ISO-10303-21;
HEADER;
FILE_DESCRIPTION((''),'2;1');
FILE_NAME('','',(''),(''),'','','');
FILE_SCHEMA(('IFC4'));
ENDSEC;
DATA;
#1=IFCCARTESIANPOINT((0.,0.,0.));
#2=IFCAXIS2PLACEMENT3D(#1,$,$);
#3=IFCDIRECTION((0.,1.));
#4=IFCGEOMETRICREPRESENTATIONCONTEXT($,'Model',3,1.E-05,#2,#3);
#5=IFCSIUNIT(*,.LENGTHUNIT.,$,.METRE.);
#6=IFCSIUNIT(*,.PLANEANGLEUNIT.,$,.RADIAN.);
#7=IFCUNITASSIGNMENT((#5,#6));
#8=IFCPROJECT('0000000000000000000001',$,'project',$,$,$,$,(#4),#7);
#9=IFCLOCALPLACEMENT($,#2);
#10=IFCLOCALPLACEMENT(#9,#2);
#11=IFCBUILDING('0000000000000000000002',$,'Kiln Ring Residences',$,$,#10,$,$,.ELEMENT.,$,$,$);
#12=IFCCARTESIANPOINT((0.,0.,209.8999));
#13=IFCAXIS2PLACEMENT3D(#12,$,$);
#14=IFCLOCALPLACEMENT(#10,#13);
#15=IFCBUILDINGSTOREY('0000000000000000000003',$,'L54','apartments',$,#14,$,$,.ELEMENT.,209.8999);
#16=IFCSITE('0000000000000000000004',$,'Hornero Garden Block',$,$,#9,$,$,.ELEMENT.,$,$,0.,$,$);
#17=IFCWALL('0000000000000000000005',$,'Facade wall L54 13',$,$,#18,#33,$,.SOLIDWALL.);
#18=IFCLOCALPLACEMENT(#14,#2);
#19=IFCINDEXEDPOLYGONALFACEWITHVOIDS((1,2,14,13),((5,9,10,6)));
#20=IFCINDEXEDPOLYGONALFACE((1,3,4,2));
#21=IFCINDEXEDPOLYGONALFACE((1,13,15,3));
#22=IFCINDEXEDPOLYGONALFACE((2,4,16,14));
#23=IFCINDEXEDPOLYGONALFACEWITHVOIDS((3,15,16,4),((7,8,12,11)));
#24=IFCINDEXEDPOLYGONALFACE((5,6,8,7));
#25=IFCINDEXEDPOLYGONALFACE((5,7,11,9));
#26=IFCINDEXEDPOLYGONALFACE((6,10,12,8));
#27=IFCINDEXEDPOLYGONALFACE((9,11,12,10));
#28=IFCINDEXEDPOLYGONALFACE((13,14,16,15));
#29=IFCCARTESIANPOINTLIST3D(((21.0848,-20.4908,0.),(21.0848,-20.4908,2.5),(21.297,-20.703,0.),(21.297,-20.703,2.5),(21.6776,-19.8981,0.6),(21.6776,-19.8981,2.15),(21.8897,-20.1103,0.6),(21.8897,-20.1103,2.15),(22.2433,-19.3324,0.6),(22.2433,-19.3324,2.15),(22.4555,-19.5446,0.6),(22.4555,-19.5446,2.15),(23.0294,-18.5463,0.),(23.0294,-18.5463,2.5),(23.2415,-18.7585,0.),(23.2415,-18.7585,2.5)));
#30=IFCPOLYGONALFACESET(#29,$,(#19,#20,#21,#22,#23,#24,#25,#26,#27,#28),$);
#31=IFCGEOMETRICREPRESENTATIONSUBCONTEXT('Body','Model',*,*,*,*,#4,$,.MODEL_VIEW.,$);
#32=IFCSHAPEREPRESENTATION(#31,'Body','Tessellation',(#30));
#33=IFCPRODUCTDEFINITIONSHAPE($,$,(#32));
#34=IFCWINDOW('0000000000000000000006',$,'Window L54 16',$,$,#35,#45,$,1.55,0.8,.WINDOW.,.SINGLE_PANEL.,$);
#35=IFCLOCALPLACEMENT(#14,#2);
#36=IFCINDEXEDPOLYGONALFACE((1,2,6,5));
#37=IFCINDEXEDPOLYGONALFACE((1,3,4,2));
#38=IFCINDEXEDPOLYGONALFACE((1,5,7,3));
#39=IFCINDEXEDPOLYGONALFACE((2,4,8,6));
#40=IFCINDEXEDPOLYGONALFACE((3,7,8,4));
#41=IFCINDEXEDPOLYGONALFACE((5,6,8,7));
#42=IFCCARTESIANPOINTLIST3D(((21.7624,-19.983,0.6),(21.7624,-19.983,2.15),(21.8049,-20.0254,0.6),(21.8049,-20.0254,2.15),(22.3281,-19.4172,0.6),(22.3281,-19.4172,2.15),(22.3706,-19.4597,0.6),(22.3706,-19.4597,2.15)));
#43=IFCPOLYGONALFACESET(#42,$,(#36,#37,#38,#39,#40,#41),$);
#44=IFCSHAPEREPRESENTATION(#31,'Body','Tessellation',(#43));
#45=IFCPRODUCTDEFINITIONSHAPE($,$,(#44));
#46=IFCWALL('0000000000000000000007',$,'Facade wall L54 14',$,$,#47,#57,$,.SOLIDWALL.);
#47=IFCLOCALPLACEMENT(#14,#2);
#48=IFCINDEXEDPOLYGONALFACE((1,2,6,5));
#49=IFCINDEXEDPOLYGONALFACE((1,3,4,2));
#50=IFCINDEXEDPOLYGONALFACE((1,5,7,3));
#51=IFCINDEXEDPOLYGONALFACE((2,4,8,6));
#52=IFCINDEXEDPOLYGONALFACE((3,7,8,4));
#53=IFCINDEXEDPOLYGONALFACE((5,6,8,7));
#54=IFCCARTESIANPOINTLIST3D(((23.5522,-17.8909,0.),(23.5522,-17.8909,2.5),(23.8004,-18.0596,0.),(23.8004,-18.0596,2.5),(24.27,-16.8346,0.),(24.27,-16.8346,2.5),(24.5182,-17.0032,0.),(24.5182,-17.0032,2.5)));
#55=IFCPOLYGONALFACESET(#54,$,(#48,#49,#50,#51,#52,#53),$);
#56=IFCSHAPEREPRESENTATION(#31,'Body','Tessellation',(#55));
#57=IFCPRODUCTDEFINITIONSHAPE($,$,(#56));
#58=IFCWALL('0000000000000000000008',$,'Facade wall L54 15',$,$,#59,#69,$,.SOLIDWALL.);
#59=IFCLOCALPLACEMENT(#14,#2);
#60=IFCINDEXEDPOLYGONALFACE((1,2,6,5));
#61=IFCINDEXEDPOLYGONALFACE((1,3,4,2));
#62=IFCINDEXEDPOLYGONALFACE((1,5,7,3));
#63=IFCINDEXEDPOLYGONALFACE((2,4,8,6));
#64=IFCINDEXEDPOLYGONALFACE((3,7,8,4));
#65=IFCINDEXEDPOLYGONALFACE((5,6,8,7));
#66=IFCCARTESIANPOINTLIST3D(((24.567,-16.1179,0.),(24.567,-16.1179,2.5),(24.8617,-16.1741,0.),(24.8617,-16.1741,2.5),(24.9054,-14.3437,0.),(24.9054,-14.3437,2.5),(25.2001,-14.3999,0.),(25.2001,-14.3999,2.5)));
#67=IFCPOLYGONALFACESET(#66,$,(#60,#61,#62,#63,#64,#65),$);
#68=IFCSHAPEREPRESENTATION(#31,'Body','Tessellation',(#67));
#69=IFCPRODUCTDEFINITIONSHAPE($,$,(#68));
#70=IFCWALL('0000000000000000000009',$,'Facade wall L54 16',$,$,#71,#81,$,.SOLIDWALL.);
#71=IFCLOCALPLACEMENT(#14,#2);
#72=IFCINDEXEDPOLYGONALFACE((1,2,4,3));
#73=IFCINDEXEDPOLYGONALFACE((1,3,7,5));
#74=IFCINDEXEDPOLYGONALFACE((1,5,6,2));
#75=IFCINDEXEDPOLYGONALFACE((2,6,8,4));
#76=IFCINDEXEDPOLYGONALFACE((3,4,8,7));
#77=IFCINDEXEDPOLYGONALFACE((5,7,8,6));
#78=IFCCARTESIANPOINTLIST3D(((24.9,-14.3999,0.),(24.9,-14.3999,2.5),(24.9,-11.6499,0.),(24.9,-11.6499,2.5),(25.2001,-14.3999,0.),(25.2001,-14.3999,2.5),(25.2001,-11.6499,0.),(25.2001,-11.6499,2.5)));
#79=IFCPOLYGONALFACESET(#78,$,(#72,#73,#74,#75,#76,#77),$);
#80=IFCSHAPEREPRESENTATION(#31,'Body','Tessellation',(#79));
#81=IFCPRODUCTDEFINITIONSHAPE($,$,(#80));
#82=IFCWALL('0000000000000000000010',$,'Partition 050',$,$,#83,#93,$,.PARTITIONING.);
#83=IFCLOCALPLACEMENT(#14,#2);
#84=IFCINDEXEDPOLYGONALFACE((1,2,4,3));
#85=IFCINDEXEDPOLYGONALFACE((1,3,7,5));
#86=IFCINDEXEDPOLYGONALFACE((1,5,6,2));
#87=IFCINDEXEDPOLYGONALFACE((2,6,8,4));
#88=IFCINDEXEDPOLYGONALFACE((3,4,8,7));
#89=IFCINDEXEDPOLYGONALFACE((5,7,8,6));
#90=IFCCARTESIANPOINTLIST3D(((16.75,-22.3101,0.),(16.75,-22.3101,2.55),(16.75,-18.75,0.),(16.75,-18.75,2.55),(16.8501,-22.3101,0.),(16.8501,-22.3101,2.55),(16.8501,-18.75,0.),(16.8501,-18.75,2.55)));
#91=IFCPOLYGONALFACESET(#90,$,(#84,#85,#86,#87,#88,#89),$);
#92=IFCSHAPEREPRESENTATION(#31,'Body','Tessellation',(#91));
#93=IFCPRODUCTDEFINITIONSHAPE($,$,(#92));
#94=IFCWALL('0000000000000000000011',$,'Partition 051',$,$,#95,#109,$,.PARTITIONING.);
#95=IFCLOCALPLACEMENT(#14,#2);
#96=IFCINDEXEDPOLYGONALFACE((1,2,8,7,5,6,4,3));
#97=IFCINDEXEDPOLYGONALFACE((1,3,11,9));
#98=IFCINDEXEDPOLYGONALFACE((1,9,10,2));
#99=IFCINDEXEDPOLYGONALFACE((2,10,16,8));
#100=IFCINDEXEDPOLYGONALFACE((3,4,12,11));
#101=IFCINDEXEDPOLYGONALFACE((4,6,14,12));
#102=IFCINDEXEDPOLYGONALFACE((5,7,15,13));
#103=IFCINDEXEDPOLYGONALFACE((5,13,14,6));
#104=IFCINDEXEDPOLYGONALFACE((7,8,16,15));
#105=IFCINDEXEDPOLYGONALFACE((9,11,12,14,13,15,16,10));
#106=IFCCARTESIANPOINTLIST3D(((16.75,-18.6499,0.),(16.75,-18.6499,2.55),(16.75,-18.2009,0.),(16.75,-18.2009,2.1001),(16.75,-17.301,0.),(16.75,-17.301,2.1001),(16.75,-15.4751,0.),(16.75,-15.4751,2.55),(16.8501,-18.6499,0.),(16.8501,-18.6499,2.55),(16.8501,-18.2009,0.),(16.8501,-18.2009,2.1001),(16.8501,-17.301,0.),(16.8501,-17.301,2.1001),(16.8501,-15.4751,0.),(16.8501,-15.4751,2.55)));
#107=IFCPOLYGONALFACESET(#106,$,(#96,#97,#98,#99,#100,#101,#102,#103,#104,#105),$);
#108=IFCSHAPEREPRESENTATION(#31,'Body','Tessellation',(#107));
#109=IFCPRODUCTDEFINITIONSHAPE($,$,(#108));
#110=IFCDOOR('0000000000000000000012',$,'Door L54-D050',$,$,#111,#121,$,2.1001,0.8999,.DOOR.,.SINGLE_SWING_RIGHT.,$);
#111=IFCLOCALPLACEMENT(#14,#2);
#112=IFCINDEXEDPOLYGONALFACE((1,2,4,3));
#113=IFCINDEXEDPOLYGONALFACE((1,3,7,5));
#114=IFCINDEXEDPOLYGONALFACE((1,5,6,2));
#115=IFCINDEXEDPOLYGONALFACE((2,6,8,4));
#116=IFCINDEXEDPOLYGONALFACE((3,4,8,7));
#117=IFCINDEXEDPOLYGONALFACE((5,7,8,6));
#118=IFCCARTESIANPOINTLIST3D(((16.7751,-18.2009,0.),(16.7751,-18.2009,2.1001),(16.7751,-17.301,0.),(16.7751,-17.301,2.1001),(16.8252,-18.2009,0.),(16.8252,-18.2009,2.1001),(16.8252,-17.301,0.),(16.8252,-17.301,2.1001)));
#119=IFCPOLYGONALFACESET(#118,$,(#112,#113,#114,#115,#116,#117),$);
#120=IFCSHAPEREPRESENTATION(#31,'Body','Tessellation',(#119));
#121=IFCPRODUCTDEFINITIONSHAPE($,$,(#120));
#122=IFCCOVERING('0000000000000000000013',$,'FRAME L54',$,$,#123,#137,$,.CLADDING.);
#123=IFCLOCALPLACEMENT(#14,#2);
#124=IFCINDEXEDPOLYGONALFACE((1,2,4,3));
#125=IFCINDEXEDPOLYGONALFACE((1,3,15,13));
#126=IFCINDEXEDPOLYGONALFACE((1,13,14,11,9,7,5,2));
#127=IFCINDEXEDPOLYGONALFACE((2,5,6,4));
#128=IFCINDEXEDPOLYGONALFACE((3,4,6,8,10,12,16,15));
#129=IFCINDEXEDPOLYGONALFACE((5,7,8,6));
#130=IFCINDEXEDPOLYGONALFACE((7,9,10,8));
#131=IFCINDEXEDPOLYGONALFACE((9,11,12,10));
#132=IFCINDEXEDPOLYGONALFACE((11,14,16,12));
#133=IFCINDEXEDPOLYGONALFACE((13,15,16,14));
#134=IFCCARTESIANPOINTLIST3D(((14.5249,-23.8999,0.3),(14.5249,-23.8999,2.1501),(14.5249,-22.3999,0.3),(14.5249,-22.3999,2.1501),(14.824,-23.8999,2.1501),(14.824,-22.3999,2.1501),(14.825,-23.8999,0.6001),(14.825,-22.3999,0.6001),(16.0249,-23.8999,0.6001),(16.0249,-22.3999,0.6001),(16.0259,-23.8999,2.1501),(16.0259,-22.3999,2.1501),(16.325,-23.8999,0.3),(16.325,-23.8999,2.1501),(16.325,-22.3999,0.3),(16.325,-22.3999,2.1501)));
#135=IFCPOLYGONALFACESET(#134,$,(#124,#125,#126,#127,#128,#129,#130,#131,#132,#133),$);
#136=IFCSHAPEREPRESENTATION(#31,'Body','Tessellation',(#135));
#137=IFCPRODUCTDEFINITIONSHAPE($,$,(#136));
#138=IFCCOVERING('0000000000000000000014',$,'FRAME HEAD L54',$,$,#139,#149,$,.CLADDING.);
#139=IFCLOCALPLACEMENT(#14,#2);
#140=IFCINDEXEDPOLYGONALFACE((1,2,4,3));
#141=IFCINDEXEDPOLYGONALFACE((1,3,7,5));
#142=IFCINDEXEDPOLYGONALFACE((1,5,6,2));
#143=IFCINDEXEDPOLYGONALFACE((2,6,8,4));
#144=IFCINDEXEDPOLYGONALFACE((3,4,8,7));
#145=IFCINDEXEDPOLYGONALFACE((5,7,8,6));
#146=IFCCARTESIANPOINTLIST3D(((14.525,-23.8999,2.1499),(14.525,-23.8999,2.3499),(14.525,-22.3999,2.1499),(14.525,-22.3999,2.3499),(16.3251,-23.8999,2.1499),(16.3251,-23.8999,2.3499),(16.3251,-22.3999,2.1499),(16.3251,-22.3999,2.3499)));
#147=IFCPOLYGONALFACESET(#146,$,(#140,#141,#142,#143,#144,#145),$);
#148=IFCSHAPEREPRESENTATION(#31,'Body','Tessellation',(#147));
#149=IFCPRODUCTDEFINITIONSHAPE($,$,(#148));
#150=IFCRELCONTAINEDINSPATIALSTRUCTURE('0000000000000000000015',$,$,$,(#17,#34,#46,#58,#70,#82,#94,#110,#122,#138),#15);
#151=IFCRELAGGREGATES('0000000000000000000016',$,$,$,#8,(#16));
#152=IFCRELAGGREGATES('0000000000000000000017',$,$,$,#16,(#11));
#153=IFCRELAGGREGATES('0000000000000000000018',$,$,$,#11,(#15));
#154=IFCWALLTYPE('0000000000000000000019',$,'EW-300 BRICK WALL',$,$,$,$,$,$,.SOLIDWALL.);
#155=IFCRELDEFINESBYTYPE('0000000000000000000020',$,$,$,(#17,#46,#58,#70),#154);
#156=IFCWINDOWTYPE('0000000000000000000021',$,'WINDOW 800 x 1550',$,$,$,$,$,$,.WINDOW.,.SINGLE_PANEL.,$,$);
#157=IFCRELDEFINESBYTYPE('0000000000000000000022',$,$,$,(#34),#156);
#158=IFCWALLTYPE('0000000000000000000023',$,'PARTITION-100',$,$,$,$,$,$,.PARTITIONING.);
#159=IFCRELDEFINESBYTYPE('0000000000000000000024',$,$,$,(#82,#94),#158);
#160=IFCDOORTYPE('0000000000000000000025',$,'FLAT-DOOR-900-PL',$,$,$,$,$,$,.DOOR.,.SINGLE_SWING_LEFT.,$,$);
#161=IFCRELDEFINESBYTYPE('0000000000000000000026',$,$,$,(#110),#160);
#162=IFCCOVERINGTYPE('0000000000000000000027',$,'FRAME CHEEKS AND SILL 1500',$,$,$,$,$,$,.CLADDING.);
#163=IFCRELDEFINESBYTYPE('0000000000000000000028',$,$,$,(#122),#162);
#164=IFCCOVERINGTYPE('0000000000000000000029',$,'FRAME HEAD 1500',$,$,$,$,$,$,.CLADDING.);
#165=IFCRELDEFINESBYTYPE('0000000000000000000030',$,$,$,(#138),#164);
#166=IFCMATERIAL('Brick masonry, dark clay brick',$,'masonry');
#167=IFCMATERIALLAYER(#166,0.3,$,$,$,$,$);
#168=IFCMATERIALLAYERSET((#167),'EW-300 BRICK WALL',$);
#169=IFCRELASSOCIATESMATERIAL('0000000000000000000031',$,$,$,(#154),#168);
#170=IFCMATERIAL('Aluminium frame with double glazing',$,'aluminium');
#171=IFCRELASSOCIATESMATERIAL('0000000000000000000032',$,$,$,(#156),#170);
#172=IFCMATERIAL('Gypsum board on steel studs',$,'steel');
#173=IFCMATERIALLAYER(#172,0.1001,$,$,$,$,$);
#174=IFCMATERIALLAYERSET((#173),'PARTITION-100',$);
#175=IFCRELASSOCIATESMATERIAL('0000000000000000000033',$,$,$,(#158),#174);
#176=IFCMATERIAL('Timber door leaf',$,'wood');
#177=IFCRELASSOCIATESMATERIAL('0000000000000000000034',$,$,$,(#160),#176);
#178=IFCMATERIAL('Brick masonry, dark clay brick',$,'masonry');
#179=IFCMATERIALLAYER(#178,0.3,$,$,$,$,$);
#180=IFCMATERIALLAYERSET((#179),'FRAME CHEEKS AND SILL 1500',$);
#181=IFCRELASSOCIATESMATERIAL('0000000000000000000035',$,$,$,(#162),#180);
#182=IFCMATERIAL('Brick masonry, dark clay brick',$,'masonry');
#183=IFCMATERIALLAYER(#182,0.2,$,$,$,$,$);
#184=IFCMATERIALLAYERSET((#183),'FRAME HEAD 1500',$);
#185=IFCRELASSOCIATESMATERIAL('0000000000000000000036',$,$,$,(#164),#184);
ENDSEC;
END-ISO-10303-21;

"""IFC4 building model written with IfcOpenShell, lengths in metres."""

from ifc_helpers import new_model, si_unit, direction, frame, frame_2d, origin, origin_2d, place, context, subcontext, project, spatial, polyline, rectangle, outline, extrude, material, layer, layer_set, type_object, element, fill, save


model = new_model("IFC4")

# Units and contexts
model_context = context("Model", 3, precision=1e-05, world=origin(), true_north=direction((0.0, 1.0)))
body_context = subcontext(model_context, "Body", "Model", "MODEL_VIEW")
ifc_project = project(units=[si_unit("LENGTHUNIT", "METRE"), si_unit("PLANEANGLEUNIT", "RADIAN")], contexts=[model_context])

# Site, building, storey
site_placement = place(None, origin())
site = spatial("IfcSite", under=ifc_project, at=site_placement, Name="Hornero Garden Block", CompositionType="ELEMENT", RefElevation=0.0)
building_placement = place(site_placement, origin())
building = spatial("IfcBuilding", under=site, at=building_placement, Name="Kiln Ring Residences", CompositionType="ELEMENT")
storey_placement = place(building_placement, frame((0.0, 0.0, 209.8999)))
storey = spatial("IfcBuildingStorey", under=building, at=storey_placement, Name="L54", Description="apartments", CompositionType="ELEMENT", Elevation=209.8999)

# Wall, opening, window
ifc_material_1 = material(Name="Brick masonry, dark clay brick", Category="masonry")
ifc_layer_1 = layer(ifc_material_1, 0.3)
ifc_layer_set_1 = layer_set([ifc_layer_1], Name="EW-300 BRICK WALL")
wall_type_1 = type_object("IfcWallType", Name="EW-300 BRICK WALL", PredefinedType="SOLIDWALL", material=ifc_layer_set_1)
ifc_material_2 = material(Name="Aluminium frame with double glazing", Category="aluminium")
window_type = type_object("IfcWindowType", Name="WINDOW 800 x 1550", PartitioningType="SINGLE_PANEL", PredefinedType="WINDOW", material=ifc_material_2)
wall_1_placement = place(storey_placement, frame((21.1909, -20.5969, 0.0), z_axis=(0.0, 0.0, 1.0), x_axis=(0.707107, 0.707107, 0.0)))
wall_1 = element("IfcWall", 1, at=wall_1_placement, inside=storey, type_object=wall_type_1, Name="Facade wall L54 13", PredefinedType="SOLIDWALL", context=body_context, shape_type="SweptSolid", body=[
    extrude(rectangle(XDim=2.75, YDim=0.3, at=frame_2d((1.375, 0.0))), origin(), (0.0, 0.0, 1.0), 2.5),
])
opening_1_placement = place(wall_1_placement, frame((0.8384, 0.0, 0.6001)))
opening_1 = element("IfcOpeningElement", 2, at=opening_1_placement, cuts=wall_1, PredefinedType="OPENING", context=body_context, shape_type="SweptSolid", body=[
    extrude(rectangle(XDim=0.8, YDim=1.55, at=frame_2d((0.3999, 0.7749))), frame((0.0, 0.1599, 0.0), z_axis=(0.0, -1.0, 0.0), x_axis=(1.0, 0.0, 0.0)), (0.0, 0.0, 1.0), 0.3201),
])
window_1_placement = place(opening_1_placement, origin())
window_1 = element("IfcWindow", 3, at=window_1_placement, inside=storey, type_object=window_type, Name="Window L54 16", OverallHeight=1.55, OverallWidth=0.8, PartitioningType="SINGLE_PANEL", PredefinedType="WINDOW", context=body_context, shape_type="SweptSolid", body=[
    extrude(rectangle(XDim=0.8, YDim=1.55, at=frame_2d((0.3999, 0.7749))), frame((0.0, 0.03, 0.0), z_axis=(0.0, -1.0, 0.0), x_axis=(1.0, 0.0, 0.0)), (0.0, 0.0, 1.0), 0.0601),
])
fill(opening_1, window_1)

# Walls
wall_2_placement = place(storey_placement, frame((23.6763, -17.9753, 0.0), z_axis=(0.0, 0.0, 1.0), x_axis=(0.562001, 0.827136, 0.0)))
element("IfcWall", 4, at=wall_2_placement, inside=storey, type_object=wall_type_1, Name="Facade wall L54 14", PredefinedType="SOLIDWALL", context=body_context, shape_type="SweptSolid", body=[
    extrude(rectangle(XDim=1.2771, YDim=0.3, at=frame_2d((0.6387, 0.0))), origin(), (0.0, 0.0, 1.0), 2.5),
])
wall_3_placement = place(storey_placement, frame((24.7144, -16.146, 0.0), z_axis=(0.0, 0.0, 1.0), x_axis=(0.187348, 0.982294, 0.0)))
element("IfcWall", 5, at=wall_3_placement, inside=storey, type_object=wall_type_1, Name="Facade wall L54 15", PredefinedType="SOLIDWALL", context=body_context, shape_type="SweptSolid", body=[
    extrude(rectangle(XDim=1.8062, YDim=0.3, at=frame_2d((0.9031, 0.0))), origin(), (0.0, 0.0, 1.0), 2.5),
])
wall_4_placement = place(storey_placement, frame((25.05, -14.3999, 0.0), z_axis=(0.0, 0.0, 1.0), x_axis=(0.0, 1.0, 0.0)))
element("IfcWall", 6, at=wall_4_placement, inside=storey, type_object=wall_type_1, Name="Facade wall L54 16", PredefinedType="SOLIDWALL", context=body_context, shape_type="SweptSolid", body=[
    extrude(rectangle(XDim=2.75, YDim=0.3, at=frame_2d((1.375, 0.0))), origin(), (0.0, 0.0, 1.0), 2.5),
])
ifc_material_3 = material(Name="Gypsum board on steel studs", Category="steel")
ifc_layer_2 = layer(ifc_material_3, 0.1001)
ifc_layer_set_2 = layer_set([ifc_layer_2], Name="PARTITION-100")
wall_type_2 = type_object("IfcWallType", Name="PARTITION-100", PredefinedType="PARTITIONING", material=ifc_layer_set_2)
wall_5_placement = place(storey_placement, frame((16.8, -22.3101, 0.0), z_axis=(0.0, 0.0, 1.0), x_axis=(0.0, 1.0, 0.0)))
element("IfcWall", 7, at=wall_5_placement, inside=storey, type_object=wall_type_2, Name="Partition 050", PredefinedType="PARTITIONING", context=body_context, shape_type="SweptSolid", body=[
    extrude(rectangle(XDim=3.5601, YDim=0.1001, at=frame_2d((1.78, 0.0))), origin(), (0.0, 0.0, 1.0), 2.55),
])

# Wall, opening, door
wall_6_placement = place(storey_placement, frame((16.8, -18.6499, 0.0), z_axis=(0.0, 0.0, 1.0), x_axis=(0.0, 1.0, 0.0)))
wall_6 = element("IfcWall", 8, at=wall_6_placement, inside=storey, type_object=wall_type_2, Name="Partition 051", PredefinedType="PARTITIONING", context=body_context, shape_type="SweptSolid", body=[
    extrude(rectangle(XDim=3.1748, YDim=0.1001, at=frame_2d((1.5874, 0.0))), origin(), (0.0, 0.0, 1.0), 2.55),
])
opening_2_placement = place(wall_6_placement, frame((0.449, 0.0, 0.0)))
opening_2 = element("IfcOpeningElement", 9, at=opening_2_placement, cuts=wall_6, PredefinedType="OPENING", context=body_context, shape_type="SweptSolid", body=[
    extrude(rectangle(XDim=0.8999, YDim=2.1001, at=frame_2d((0.45, 1.05))), frame((0.0, 0.0601, 0.0), z_axis=(0.0, -1.0, 0.0), x_axis=(1.0, 0.0, 0.0)), (0.0, 0.0, 1.0), 0.1201),
])
ifc_material_4 = material(Name="Timber door leaf", Category="wood")
door_type = type_object("IfcDoorType", Name="FLAT-DOOR-900-PL", OperationType="SINGLE_SWING_LEFT", PredefinedType="DOOR", material=ifc_material_4)
door_placement = place(opening_2_placement, origin())
door = element("IfcDoor", 10, at=door_placement, inside=storey, type_object=door_type, Name="Door L54-D050", OperationType="SINGLE_SWING_RIGHT", OverallHeight=2.1001, OverallWidth=0.8999, PredefinedType="DOOR", context=body_context, shape_type="SweptSolid", body=[
    extrude(rectangle(XDim=0.8999, YDim=2.1001, at=frame_2d((0.45, 1.05))), frame((0.0, 0.0249, 0.0), z_axis=(0.0, -1.0, 0.0), x_axis=(1.0, 0.0, 0.0)), (0.0, 0.0, 1.0), 0.05),
])
fill(opening_2, door)

# Coverings
ifc_material_5 = material(Name="Brick masonry, dark clay brick", Category="masonry")
ifc_layer_3 = layer(ifc_material_5, 0.3)
ifc_layer_set_3 = layer_set([ifc_layer_3], Name="FRAME CHEEKS AND SILL 1500")
covering_type_1 = type_object("IfcCoveringType", Name="FRAME CHEEKS AND SILL 1500", PredefinedType="CLADDING", material=ifc_layer_set_3)
covering_1_placement = place(storey_placement, frame((14.5249, -23.1499, 0.3), z_axis=(0.0, 0.0, 1.0), x_axis=(1.0, 0.0, 0.0)))
element("IfcCovering", 11, at=covering_1_placement, inside=storey, type_object=covering_type_1, Name="FRAME L54", PredefinedType="CLADDING", context=body_context, shape_type="SweptSolid", body=[
    extrude(outline(polyline([(0.0, 0.0), (1.8, 0.0), (1.8, 1.8501), (1.501, 1.8501), (1.5, 0.3), (0.3, 0.3), (0.2991, 1.8501), (0.0, 1.8501), (0.0, 0.0)])), frame((0.0, 0.75, 0.0), z_axis=(0.0, -1.0, 0.0), x_axis=(1.0, 0.0, 0.0)), (0.0, 0.0, 1.0), 1.5),
])
ifc_material_6 = material(Name="Brick masonry, dark clay brick", Category="masonry")
ifc_layer_4 = layer(ifc_material_6, 0.2)
ifc_layer_set_4 = layer_set([ifc_layer_4], Name="FRAME HEAD 1500")
covering_type_2 = type_object("IfcCoveringType", Name="FRAME HEAD 1500", PredefinedType="CLADDING", material=ifc_layer_set_4)
covering_2_placement = place(storey_placement, frame((15.425, -23.1499, 2.1499), z_axis=(0.0, 0.0, 1.0), x_axis=(1.0, 0.0, 0.0)))
element("IfcCovering", 12, at=covering_2_placement, inside=storey, type_object=covering_type_2, Name="FRAME HEAD L54", PredefinedType="CLADDING", context=body_context, shape_type="SweptSolid", body=[
    extrude(rectangle(XDim=1.8, YDim=1.5, at=origin_2d()), origin(), (0.0, 0.0, 1.0), 0.2),
])

save(model, "model.ifc")
